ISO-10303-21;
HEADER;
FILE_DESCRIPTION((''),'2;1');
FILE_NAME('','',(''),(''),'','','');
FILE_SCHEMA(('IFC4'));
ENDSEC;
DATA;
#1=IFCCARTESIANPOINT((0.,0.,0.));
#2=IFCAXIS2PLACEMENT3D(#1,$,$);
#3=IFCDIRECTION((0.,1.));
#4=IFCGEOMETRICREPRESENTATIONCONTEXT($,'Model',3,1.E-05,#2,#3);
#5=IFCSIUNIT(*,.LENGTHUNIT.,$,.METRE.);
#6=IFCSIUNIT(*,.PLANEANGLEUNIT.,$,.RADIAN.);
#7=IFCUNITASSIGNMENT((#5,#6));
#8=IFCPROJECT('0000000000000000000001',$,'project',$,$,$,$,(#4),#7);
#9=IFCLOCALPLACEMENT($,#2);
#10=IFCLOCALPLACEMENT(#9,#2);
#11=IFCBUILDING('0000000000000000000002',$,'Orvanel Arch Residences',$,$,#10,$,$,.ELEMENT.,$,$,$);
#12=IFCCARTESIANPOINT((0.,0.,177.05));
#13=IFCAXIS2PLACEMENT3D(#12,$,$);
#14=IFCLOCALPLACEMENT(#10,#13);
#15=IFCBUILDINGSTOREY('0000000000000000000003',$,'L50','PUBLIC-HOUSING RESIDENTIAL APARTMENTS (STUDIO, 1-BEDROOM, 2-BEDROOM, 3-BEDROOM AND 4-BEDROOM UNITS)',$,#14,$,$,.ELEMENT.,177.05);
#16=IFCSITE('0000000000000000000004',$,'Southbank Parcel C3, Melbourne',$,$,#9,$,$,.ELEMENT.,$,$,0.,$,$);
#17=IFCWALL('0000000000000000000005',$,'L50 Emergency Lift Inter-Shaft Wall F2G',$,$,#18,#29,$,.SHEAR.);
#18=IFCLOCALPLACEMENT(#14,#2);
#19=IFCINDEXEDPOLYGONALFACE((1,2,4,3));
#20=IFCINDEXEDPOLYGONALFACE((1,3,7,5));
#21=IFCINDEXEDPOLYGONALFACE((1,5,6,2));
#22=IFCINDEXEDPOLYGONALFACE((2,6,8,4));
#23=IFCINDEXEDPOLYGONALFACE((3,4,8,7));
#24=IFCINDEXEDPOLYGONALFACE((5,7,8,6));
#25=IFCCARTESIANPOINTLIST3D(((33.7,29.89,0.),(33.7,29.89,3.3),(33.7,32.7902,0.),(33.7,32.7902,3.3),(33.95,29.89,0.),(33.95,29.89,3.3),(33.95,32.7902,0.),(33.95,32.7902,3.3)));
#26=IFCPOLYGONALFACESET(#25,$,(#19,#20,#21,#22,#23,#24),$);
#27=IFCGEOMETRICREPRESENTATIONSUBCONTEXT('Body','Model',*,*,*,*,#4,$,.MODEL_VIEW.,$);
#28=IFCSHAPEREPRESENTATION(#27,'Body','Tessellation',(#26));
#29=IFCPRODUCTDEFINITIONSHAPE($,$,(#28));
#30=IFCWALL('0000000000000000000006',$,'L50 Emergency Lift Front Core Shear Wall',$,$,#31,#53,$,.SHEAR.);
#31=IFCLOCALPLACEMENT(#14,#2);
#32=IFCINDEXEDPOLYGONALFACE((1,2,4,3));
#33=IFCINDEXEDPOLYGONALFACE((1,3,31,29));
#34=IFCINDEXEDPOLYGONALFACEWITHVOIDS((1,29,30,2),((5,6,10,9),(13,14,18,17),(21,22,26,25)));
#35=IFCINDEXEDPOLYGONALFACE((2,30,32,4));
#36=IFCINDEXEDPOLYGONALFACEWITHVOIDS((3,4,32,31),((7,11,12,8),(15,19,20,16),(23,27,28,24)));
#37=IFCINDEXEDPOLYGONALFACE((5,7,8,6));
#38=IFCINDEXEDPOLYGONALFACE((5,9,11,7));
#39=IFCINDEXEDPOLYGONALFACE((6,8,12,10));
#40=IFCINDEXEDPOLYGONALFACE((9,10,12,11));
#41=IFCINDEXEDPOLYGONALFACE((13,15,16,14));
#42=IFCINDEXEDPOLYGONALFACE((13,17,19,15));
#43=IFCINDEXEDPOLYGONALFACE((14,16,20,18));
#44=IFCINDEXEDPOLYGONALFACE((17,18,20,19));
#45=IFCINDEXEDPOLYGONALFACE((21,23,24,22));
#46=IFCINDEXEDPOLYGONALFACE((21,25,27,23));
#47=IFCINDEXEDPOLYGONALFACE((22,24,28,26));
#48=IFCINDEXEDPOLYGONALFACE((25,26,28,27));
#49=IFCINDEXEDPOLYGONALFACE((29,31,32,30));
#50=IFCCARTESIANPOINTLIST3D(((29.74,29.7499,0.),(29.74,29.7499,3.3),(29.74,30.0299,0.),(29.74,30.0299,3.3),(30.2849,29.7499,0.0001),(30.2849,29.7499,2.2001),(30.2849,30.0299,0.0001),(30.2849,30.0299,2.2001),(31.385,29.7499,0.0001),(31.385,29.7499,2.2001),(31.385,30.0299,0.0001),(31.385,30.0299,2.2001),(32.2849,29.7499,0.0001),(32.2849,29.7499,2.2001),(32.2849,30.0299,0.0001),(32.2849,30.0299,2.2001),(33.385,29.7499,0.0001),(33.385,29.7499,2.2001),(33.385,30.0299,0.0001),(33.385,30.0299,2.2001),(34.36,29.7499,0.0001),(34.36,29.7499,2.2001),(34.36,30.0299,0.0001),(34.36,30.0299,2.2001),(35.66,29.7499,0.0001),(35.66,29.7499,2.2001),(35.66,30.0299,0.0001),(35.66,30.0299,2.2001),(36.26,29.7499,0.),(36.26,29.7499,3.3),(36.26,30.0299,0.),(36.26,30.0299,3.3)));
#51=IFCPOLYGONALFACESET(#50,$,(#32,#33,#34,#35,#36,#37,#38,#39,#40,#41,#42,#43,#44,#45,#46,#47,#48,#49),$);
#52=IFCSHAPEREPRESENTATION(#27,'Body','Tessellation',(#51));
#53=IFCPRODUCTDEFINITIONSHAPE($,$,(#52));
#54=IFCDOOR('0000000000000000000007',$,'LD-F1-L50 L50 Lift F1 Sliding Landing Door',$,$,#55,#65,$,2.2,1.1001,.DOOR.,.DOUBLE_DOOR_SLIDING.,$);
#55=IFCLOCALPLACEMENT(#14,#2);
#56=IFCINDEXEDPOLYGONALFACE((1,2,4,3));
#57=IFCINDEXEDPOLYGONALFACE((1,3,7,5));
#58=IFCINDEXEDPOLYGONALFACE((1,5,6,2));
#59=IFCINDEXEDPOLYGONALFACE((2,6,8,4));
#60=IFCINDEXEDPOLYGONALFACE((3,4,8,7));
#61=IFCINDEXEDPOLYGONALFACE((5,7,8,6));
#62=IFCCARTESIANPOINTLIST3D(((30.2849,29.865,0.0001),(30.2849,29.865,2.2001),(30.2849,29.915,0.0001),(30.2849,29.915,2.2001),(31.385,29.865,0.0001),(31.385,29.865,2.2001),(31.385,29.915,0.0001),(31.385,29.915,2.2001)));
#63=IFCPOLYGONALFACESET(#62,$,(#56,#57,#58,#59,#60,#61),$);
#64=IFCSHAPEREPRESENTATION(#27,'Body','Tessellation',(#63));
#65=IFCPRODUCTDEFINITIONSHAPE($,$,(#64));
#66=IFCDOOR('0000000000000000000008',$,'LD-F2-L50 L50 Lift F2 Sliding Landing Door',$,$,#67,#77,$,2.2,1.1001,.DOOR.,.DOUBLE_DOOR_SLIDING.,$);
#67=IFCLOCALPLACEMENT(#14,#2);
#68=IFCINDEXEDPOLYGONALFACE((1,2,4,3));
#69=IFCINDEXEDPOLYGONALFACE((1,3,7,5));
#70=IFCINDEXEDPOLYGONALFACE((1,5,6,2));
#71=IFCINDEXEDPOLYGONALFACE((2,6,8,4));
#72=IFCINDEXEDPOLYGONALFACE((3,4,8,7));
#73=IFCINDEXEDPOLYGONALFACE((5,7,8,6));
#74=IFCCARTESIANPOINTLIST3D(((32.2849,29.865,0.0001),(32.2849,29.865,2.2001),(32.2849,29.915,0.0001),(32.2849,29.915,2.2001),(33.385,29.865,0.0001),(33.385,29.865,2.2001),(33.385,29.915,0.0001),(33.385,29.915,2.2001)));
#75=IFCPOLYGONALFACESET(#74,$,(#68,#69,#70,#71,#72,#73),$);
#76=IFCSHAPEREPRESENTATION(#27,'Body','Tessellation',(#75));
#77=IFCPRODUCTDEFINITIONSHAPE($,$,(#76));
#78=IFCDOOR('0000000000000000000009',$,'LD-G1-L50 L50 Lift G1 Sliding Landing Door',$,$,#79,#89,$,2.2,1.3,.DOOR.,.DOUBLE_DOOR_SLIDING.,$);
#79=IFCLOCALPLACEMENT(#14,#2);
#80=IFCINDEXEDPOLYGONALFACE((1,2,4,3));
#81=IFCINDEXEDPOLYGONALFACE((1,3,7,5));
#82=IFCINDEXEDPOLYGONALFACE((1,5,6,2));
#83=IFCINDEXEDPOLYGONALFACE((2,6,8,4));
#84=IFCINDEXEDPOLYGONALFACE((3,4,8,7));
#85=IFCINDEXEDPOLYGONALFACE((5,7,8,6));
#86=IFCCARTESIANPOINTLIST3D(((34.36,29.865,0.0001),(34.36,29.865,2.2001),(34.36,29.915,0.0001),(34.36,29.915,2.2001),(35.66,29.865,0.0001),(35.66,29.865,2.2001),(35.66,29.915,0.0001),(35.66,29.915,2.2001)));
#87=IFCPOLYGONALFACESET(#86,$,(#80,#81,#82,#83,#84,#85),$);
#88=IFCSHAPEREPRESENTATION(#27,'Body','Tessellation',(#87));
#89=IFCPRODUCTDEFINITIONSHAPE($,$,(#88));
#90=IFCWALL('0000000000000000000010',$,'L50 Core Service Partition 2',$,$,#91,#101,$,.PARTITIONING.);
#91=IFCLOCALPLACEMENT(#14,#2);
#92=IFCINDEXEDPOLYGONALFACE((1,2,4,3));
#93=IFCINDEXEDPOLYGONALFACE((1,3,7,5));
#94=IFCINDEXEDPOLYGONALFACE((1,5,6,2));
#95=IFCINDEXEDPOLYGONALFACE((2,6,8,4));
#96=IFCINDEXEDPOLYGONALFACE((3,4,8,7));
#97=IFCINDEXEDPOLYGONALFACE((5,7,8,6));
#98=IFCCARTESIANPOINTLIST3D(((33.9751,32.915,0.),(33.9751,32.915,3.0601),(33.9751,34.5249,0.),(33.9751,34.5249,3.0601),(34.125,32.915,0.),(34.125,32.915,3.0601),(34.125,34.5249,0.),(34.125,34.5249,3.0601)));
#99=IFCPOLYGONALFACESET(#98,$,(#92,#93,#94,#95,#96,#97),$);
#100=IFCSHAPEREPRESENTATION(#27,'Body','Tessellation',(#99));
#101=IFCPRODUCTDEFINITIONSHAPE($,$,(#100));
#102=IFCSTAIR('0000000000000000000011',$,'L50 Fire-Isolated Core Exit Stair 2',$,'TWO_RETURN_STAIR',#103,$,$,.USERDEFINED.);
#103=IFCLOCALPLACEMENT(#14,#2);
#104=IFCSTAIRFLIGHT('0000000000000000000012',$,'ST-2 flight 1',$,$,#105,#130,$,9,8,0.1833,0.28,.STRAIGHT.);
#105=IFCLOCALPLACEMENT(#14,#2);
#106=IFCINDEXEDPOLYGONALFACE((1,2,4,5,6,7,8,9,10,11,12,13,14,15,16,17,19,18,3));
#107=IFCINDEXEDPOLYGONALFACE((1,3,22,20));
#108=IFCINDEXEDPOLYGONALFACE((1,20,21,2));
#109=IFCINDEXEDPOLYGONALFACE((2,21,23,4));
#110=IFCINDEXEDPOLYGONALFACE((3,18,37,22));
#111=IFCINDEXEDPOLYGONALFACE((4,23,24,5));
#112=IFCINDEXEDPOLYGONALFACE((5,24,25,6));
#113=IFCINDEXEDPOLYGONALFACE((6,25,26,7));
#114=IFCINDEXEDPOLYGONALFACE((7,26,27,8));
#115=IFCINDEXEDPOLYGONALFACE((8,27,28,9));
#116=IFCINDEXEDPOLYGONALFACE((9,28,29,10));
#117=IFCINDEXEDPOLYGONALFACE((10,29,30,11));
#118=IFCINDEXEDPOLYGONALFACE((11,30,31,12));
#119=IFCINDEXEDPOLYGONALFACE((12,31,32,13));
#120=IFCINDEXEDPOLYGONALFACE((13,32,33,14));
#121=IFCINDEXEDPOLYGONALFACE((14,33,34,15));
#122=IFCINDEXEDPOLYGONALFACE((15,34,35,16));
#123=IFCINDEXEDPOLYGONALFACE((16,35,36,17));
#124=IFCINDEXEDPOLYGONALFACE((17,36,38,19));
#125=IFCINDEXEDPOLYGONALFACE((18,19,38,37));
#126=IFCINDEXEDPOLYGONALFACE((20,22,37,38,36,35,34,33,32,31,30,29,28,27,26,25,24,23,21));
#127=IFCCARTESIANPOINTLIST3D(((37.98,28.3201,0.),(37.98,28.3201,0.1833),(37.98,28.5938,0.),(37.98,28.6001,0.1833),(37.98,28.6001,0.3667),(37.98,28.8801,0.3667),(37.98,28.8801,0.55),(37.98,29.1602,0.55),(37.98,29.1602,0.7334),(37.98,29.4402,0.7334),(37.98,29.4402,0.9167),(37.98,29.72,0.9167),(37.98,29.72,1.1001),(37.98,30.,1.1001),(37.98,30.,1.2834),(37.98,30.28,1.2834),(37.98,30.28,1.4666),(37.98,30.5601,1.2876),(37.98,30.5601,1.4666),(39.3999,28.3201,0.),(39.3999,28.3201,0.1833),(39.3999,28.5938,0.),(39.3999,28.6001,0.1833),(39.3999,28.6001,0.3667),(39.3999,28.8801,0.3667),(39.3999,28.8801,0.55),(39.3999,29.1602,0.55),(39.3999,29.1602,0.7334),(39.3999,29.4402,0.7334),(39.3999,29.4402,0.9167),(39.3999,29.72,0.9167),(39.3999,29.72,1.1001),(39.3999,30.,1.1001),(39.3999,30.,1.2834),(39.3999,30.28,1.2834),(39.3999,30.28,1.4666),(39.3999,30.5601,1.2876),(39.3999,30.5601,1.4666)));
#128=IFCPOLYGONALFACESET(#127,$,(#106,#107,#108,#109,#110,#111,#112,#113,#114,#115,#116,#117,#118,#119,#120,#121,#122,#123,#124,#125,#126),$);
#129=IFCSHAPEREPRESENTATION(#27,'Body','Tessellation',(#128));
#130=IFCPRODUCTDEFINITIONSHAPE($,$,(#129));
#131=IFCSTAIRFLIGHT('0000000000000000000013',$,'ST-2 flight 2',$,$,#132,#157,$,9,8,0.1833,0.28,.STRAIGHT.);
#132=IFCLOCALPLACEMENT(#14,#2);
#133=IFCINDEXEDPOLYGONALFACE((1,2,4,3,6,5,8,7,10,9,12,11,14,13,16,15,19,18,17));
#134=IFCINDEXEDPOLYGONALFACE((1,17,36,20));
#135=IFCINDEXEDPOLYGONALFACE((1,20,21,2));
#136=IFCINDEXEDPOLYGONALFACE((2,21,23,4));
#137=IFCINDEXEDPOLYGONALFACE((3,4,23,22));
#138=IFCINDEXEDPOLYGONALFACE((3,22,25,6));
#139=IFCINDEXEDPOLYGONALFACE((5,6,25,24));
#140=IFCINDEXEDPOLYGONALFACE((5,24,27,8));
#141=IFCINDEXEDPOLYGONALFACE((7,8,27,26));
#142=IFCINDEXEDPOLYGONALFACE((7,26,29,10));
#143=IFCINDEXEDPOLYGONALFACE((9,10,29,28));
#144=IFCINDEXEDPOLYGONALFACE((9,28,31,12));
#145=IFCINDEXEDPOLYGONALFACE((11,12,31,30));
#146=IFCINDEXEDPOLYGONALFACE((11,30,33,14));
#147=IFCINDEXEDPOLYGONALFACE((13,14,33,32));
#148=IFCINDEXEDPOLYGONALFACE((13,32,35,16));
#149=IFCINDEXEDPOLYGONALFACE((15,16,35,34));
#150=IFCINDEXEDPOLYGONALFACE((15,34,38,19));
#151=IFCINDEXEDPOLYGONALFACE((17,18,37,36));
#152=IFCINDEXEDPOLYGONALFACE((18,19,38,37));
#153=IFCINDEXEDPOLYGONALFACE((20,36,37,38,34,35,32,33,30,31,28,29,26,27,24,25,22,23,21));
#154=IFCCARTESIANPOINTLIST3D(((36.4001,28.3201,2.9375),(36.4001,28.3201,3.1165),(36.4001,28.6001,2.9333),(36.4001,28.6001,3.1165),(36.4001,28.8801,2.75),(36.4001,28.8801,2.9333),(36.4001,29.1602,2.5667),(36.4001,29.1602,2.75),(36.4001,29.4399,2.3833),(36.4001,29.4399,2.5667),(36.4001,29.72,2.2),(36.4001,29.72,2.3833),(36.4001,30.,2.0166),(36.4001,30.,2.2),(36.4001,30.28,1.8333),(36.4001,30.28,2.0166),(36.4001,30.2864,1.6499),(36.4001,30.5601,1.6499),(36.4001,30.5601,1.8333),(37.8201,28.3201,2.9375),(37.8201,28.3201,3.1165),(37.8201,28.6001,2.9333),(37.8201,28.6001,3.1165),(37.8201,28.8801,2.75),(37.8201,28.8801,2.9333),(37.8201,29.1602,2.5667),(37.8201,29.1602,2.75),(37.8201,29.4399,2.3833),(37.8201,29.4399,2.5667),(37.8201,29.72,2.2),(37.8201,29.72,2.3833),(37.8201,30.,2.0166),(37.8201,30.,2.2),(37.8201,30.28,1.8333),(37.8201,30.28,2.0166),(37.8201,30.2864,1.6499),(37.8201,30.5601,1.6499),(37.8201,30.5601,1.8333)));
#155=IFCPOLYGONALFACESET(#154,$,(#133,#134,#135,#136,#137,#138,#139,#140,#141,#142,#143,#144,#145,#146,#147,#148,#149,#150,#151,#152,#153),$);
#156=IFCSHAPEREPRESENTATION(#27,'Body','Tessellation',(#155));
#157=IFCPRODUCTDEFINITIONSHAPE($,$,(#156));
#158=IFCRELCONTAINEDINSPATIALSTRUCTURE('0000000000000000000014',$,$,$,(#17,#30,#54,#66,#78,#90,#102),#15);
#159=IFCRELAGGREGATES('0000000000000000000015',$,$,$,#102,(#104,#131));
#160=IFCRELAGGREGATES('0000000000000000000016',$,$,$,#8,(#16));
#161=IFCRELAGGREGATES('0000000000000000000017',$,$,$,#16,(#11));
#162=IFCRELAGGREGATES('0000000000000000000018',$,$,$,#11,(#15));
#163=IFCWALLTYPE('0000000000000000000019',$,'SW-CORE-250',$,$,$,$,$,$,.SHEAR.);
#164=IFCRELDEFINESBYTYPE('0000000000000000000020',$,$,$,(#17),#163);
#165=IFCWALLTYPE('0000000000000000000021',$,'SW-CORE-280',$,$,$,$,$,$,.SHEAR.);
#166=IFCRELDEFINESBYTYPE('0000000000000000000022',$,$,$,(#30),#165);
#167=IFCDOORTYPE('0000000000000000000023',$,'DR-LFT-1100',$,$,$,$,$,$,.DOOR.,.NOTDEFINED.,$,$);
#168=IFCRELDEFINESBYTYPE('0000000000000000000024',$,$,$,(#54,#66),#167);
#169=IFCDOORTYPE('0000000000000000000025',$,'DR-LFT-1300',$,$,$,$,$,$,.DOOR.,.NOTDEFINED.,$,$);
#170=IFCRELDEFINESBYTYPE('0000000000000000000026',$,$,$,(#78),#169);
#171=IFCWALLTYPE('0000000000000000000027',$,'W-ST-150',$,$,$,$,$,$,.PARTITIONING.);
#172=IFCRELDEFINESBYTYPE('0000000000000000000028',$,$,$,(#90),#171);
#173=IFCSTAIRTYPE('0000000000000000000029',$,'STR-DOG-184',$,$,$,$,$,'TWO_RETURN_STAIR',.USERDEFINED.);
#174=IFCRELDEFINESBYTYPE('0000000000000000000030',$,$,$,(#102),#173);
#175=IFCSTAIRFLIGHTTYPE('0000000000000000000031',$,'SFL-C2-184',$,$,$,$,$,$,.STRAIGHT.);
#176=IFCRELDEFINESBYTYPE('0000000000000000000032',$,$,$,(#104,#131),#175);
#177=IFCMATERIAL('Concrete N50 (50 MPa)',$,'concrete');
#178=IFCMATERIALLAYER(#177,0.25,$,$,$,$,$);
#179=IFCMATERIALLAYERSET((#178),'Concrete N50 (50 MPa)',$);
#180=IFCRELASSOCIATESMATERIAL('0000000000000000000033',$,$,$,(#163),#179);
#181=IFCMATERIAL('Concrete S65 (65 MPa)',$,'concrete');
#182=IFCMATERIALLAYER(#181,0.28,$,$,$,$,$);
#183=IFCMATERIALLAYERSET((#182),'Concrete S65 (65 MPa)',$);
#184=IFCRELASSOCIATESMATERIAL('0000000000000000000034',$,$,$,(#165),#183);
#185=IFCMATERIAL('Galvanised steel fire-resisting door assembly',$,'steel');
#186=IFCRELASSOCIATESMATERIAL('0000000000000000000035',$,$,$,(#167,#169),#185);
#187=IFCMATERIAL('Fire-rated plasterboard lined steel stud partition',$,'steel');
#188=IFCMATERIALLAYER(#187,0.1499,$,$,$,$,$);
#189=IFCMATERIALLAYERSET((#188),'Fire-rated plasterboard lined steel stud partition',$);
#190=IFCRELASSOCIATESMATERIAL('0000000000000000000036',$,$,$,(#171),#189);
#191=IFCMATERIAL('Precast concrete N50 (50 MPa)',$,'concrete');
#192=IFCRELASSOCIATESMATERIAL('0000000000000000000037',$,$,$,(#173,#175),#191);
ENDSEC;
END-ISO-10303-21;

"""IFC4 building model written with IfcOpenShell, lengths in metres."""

from ifc_helpers import new_model, si_unit, direction, frame, frame_2d, origin, place, context, subcontext, project, spatial, polyline, rectangle, outline, extrude, material, layer, layer_set, type_object, element, fill, aggregate, save


model = new_model("IFC4")

# Units and contexts
model_context = context("Model", 3, precision=1e-05, world=origin(), true_north=direction((0.0, 1.0)))
body_context = subcontext(model_context, "Body", "Model", "MODEL_VIEW")
ifc_project = project(units=[si_unit("LENGTHUNIT", "METRE"), si_unit("PLANEANGLEUNIT", "RADIAN")], contexts=[model_context])

# Site, building, storey
site_placement = place(None, origin())
site = spatial("IfcSite", under=ifc_project, at=site_placement, Name="Southbank Parcel C3, Melbourne", CompositionType="ELEMENT", RefElevation=0.0)
building_placement = place(site_placement, origin())
building = spatial("IfcBuilding", under=site, at=building_placement, Name="Orvanel Arch Residences", CompositionType="ELEMENT")
storey_placement = place(building_placement, frame((0.0, 0.0, 177.05)))
storey = spatial("IfcBuildingStorey", under=building, at=storey_placement, Name="L50", Description="PUBLIC-HOUSING RESIDENTIAL APARTMENTS (STUDIO, 1-BEDROOM, 2-BEDROOM, 3-BEDROOM AND 4-BEDROOM UNITS)", CompositionType="ELEMENT", Elevation=177.05)

# Wall
ifc_material_1 = material(Name="Concrete N50 (50 MPa)", Category="concrete")
ifc_layer_1 = layer(ifc_material_1, 0.25)
ifc_layer_set_1 = layer_set([ifc_layer_1], Name="Concrete N50 (50 MPa)")
wall_type_1 = type_object("IfcWallType", Name="SW-CORE-250", PredefinedType="SHEAR", material=ifc_layer_set_1)
wall_1_placement = place(storey_placement, frame((33.825, 29.8899, 0.0), z_axis=(0.0, 0.0, 1.0), x_axis=(0.0, 1.0, 0.0)))
element("IfcWall", 1, at=wall_1_placement, inside=storey, type_object=wall_type_1, Name="L50 Emergency Lift Inter-Shaft Wall F2G", PredefinedType="SHEAR", context=body_context, shape_type="SweptSolid", body=[
    extrude(rectangle(XDim=2.9001, YDim=0.25, at=frame_2d((1.4502, 0.0))), origin(), (0.0, 0.0, 1.0), 3.3),
])

# Wall, openings, doors
ifc_material_2 = material(Name="Concrete S65 (65 MPa)", Category="concrete")
ifc_layer_2 = layer(ifc_material_2, 0.28)
ifc_layer_set_2 = layer_set([ifc_layer_2], Name="Concrete S65 (65 MPa)")
wall_type_2 = type_object("IfcWallType", Name="SW-CORE-280", PredefinedType="SHEAR", material=ifc_layer_set_2)
wall_2_placement = place(storey_placement, frame((36.26, 29.8899, 0.0), z_axis=(0.0, 0.0, 1.0), x_axis=(-1.0, 0.0, 0.0)))
wall_2 = element("IfcWall", 2, at=wall_2_placement, inside=storey, type_object=wall_type_2, Name="L50 Emergency Lift Front Core Shear Wall", PredefinedType="SHEAR", context=body_context, shape_type="SweptSolid", body=[
    extrude(rectangle(XDim=6.52, YDim=0.28, at=frame_2d((3.26, 0.0))), origin(), (0.0, 0.0, 1.0), 3.3),
])
opening_1_placement = place(wall_2_placement, frame((4.875, 0.0, 0.0)))
opening_1 = element("IfcOpeningElement", 3, at=opening_1_placement, cuts=wall_2, PredefinedType="OPENING", context=body_context, shape_type="SweptSolid", body=[
    extrude(rectangle(XDim=1.1001, YDim=2.2, at=frame_2d((0.55, 1.1001))), frame((0.0, 0.1499, 0.0), z_axis=(0.0, -1.0, 0.0), x_axis=(1.0, 0.0, 0.0)), (0.0, 0.0, 1.0), 0.3),
])
opening_2_placement = place(wall_2_placement, frame((2.875, 0.0, 0.0)))
opening_2 = element("IfcOpeningElement", 4, at=opening_2_placement, cuts=wall_2, PredefinedType="OPENING", context=body_context, shape_type="SweptSolid", body=[
    extrude(rectangle(XDim=1.1001, YDim=2.2, at=frame_2d((0.55, 1.1001))), frame((0.0, 0.1499, 0.0), z_axis=(0.0, -1.0, 0.0), x_axis=(1.0, 0.0, 0.0)), (0.0, 0.0, 1.0), 0.3),
])
opening_3_placement = place(wall_2_placement, frame((0.6001, 0.0, 0.0)))
opening_3 = element("IfcOpeningElement", 5, at=opening_3_placement, cuts=wall_2, PredefinedType="OPENING", context=body_context, shape_type="SweptSolid", body=[
    extrude(rectangle(XDim=1.3, YDim=2.2, at=frame_2d((0.6499, 1.1001))), frame((0.0, 0.1499, 0.0), z_axis=(0.0, -1.0, 0.0), x_axis=(1.0, 0.0, 0.0)), (0.0, 0.0, 1.0), 0.3),
])
ifc_material_3 = material(Name="Galvanised steel fire-resisting door assembly", Category="steel")
door_type_1 = type_object("IfcDoorType", Name="DR-LFT-1100", OperationType="NOTDEFINED", PredefinedType="DOOR", material=ifc_material_3)
door_1_placement = place(opening_1_placement, origin())
door_1 = element("IfcDoor", 6, at=door_1_placement, inside=storey, type_object=door_type_1, Name="LD-F1-L50 L50 Lift F1 Sliding Landing Door", OperationType="DOUBLE_DOOR_SLIDING", OverallHeight=2.2, OverallWidth=1.1001, PredefinedType="DOOR", context=body_context, shape_type="SweptSolid", body=[
    extrude(rectangle(XDim=1.1001, YDim=2.2, at=frame_2d((0.55, 1.1001))), frame((0.0, 0.0249, 0.0), z_axis=(0.0, -1.0, 0.0), x_axis=(1.0, 0.0, 0.0)), (0.0, 0.0, 1.0), 0.05),
])
fill(opening_1, door_1)
door_2_placement = place(opening_2_placement, origin())
door_2 = element("IfcDoor", 7, at=door_2_placement, inside=storey, type_object=door_type_1, Name="LD-F2-L50 L50 Lift F2 Sliding Landing Door", OperationType="DOUBLE_DOOR_SLIDING", OverallHeight=2.2, OverallWidth=1.1001, PredefinedType="DOOR", context=body_context, shape_type="SweptSolid", body=[
    extrude(rectangle(XDim=1.1001, YDim=2.2, at=frame_2d((0.55, 1.1001))), frame((0.0, 0.0249, 0.0), z_axis=(0.0, -1.0, 0.0), x_axis=(1.0, 0.0, 0.0)), (0.0, 0.0, 1.0), 0.05),
])
fill(opening_2, door_2)
door_type_2 = type_object("IfcDoorType", Name="DR-LFT-1300", OperationType="NOTDEFINED", PredefinedType="DOOR", material=ifc_material_3)
door_3_placement = place(opening_3_placement, origin())
door_3 = element("IfcDoor", 8, at=door_3_placement, inside=storey, type_object=door_type_2, Name="LD-G1-L50 L50 Lift G1 Sliding Landing Door", OperationType="DOUBLE_DOOR_SLIDING", OverallHeight=2.2, OverallWidth=1.3, PredefinedType="DOOR", context=body_context, shape_type="SweptSolid", body=[
    extrude(rectangle(XDim=1.3, YDim=2.2, at=frame_2d((0.6499, 1.1001))), frame((0.0, 0.0249, 0.0), z_axis=(0.0, -1.0, 0.0), x_axis=(1.0, 0.0, 0.0)), (0.0, 0.0, 1.0), 0.05),
])
fill(opening_3, door_3)

# Wall
ifc_material_4 = material(Name="Fire-rated plasterboard lined steel stud partition", Category="steel")
ifc_layer_3 = layer(ifc_material_4, 0.1499)
ifc_layer_set_3 = layer_set([ifc_layer_3], Name="Fire-rated plasterboard lined steel stud partition")
wall_type_3 = type_object("IfcWallType", Name="W-ST-150", PredefinedType="PARTITIONING", material=ifc_layer_set_3)
wall_3_placement = place(storey_placement, frame((34.05, 32.915, 0.0), z_axis=(0.0, 0.0, 1.0), x_axis=(0.0, 1.0, 0.0)))
element("IfcWall", 9, at=wall_3_placement, inside=storey, type_object=wall_type_3, Name="L50 Core Service Partition 2", PredefinedType="PARTITIONING", context=body_context, shape_type="SweptSolid", body=[
    extrude(rectangle(XDim=1.6099, YDim=0.1499, at=frame_2d((0.8049, 0.0))), origin(), (0.0, 0.0, 1.0), 3.0601),
])

# Stair, stair flights
ifc_material_5 = material(Name="Precast concrete N50 (50 MPa)", Category="concrete")
stair_type = type_object("IfcStairType", Name="STR-DOG-184", ElementType="TWO_RETURN_STAIR", PredefinedType="USERDEFINED", material=ifc_material_5)
stair_placement = place(storey_placement, origin())
stair = element("IfcStair", 10, at=stair_placement, inside=storey, type_object=stair_type, Name="L50 Fire-Isolated Core Exit Stair 2", ObjectType="TWO_RETURN_STAIR", PredefinedType="USERDEFINED")
stair_flight_type = type_object("IfcStairFlightType", Name="SFL-C2-184", PredefinedType="STRAIGHT", material=ifc_material_5)
stair_flight_1_placement = place(storey_placement, frame((38.6899, 28.3201, 0.0), z_axis=(0.0, 0.0, 1.0), x_axis=(0.0, 1.0, 0.0)))
stair_flight_1 = element("IfcStairFlight", 11, at=stair_flight_1_placement, type_object=stair_flight_type, Name="ST-2 flight 1", NumberOfRisers=9, NumberOfTreads=8, PredefinedType="STRAIGHT", RiserHeight=0.1833, TreadLength=0.28, context=body_context, shape_type="SweptSolid", body=[
    extrude(outline(polyline([(0.0, 0.0), (0.0, 0.1833), (0.28, 0.1833), (0.28, 0.3667), (0.5601, 0.3667), (0.5601, 0.55), (0.8401, 0.55), (0.8401, 0.7334), (1.1201, 0.7334), (1.1201, 0.9167), (1.3999, 0.9167), (1.3999, 1.1001), (1.6799, 1.1001), (1.6799, 1.2834), (1.96, 1.2834), (1.96, 1.4666), (2.24, 1.4666), (2.24, 1.6499), (2.24, 1.2876), (0.2737, 0.0), (0.0, 0.0)])), frame((0.0, 0.71, 0.0), z_axis=(0.0, -1.0, 0.0), x_axis=(1.0, 0.0, 0.0)), (0.0, 0.0, 1.0), 1.4199),
])
stair_flight_2_placement = place(storey_placement, frame((37.1101, 30.5601, 1.6499), z_axis=(0.0, 0.0, 1.0), x_axis=(0.0, -1.0, 0.0)))
stair_flight_2 = element("IfcStairFlight", 12, at=stair_flight_2_placement, type_object=stair_flight_type, Name="ST-2 flight 2", NumberOfRisers=9, NumberOfTreads=8, PredefinedType="STRAIGHT", RiserHeight=0.1833, TreadLength=0.28, context=body_context, shape_type="SweptSolid", body=[
    extrude(outline(polyline([(0.0, 0.0), (0.0, 0.1833), (0.28, 0.1833), (0.28, 0.3667), (0.5601, 0.3667), (0.5601, 0.55), (0.8401, 0.55), (0.8401, 0.7334), (1.1201, 0.7334), (1.1201, 0.9167), (1.3999, 0.9167), (1.3999, 1.1001), (1.6799, 1.1001), (1.6799, 1.2834), (1.96, 1.2834), (1.96, 1.4666), (2.24, 1.4666), (2.24, 1.6499), (2.24, 1.2876), (0.2737, 0.0), (0.0, 0.0)])), frame((0.0, 0.71, 0.0), z_axis=(0.0, -1.0, 0.0), x_axis=(1.0, 0.0, 0.0)), (0.0, 0.0, 1.0), 1.4199),
])
aggregate(stair, [stair_flight_1, stair_flight_2])

save(model, "model.ifc")
